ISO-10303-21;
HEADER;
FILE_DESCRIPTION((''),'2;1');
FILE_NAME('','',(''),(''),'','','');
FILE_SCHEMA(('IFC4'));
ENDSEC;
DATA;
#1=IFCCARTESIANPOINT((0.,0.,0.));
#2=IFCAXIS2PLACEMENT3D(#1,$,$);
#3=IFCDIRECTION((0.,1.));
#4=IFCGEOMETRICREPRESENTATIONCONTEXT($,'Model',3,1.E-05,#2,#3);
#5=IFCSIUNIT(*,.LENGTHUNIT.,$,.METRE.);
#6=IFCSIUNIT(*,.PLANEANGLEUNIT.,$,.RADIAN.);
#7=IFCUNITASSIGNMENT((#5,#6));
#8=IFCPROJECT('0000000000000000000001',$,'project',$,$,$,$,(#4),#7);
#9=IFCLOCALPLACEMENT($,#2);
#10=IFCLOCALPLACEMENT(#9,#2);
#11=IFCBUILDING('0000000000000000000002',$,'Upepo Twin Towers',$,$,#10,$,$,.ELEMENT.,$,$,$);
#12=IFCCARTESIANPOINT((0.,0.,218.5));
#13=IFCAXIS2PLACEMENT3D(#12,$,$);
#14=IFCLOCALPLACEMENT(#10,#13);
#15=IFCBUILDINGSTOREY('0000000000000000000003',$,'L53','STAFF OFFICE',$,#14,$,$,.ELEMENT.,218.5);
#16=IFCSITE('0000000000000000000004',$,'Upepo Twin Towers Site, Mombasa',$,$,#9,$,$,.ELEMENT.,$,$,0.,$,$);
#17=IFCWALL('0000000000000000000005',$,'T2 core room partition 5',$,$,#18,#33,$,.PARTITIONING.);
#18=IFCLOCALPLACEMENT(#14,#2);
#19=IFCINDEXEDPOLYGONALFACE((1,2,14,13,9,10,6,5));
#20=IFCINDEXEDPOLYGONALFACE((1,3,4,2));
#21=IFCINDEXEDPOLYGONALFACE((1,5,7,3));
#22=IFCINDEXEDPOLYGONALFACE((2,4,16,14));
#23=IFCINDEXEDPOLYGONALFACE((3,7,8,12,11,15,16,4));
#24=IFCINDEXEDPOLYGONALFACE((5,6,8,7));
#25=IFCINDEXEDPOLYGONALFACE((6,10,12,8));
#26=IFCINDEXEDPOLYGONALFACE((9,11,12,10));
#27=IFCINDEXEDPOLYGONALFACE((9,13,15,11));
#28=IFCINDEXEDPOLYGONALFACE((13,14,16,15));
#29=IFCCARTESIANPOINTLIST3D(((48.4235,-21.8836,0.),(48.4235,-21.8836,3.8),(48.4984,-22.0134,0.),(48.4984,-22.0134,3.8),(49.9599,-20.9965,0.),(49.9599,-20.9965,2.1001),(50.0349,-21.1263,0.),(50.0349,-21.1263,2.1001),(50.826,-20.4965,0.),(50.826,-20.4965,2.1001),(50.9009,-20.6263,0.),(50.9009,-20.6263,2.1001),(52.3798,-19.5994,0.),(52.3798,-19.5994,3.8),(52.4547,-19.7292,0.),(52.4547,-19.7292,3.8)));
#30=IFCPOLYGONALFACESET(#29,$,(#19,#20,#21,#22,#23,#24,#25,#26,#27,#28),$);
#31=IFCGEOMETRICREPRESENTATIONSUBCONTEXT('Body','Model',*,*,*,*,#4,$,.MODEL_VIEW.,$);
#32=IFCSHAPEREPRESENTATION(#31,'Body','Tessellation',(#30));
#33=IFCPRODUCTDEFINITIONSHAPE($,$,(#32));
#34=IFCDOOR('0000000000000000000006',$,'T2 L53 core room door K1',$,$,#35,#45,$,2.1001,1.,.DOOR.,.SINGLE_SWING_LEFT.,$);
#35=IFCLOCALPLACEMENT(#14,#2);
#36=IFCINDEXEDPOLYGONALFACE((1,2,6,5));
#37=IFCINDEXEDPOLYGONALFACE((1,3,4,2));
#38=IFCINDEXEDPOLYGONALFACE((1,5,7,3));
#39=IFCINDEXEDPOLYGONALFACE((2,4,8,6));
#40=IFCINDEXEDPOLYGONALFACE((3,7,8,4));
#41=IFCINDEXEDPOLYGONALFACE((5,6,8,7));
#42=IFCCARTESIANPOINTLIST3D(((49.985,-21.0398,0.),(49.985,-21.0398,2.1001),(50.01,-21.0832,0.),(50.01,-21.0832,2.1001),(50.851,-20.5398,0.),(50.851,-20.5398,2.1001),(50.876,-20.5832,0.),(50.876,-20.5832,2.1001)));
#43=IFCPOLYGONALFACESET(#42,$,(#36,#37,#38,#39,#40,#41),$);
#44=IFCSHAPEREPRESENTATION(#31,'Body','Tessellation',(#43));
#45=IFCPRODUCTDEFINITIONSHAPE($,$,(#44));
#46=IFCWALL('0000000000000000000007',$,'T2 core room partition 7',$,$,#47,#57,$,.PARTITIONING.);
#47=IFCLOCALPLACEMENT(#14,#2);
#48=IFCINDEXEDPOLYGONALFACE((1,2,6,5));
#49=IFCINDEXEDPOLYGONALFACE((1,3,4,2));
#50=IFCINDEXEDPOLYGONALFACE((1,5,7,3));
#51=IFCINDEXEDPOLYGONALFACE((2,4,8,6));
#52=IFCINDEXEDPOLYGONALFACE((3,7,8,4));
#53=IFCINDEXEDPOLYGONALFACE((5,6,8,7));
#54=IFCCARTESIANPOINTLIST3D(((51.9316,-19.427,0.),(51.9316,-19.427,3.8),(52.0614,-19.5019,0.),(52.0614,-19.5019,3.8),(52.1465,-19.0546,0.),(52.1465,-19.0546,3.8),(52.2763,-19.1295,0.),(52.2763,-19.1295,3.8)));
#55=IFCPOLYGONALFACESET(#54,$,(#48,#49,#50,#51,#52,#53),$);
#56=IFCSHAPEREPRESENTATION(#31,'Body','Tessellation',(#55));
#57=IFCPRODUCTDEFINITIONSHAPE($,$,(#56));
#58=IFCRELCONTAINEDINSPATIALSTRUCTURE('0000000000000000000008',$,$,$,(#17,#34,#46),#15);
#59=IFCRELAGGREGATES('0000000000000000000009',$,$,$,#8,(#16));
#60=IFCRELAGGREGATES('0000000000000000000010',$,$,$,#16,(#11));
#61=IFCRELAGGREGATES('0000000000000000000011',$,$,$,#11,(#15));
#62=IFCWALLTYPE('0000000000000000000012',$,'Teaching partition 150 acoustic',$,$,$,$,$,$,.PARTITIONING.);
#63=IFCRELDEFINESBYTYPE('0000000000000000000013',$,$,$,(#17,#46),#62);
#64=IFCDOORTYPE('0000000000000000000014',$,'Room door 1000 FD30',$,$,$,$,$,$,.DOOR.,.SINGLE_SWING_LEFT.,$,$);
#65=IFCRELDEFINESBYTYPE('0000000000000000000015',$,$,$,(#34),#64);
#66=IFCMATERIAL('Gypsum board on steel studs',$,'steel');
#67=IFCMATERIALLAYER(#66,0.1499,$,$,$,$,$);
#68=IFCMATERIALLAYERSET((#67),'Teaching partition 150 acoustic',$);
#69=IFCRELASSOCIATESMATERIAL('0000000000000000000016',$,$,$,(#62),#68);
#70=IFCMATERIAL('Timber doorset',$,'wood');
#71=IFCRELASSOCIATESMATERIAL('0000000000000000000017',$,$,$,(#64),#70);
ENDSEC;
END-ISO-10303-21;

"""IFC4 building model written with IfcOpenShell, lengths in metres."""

from ifc_helpers import new_model, si_unit, direction, frame, frame_2d, origin, place, context, subcontext, project, spatial, rectangle, extrude, material, layer, layer_set, type_object, element, fill, save


model = new_model("IFC4")

# Units and contexts
model_context = context("Model", 3, precision=1e-05, world=origin(), true_north=direction((0.0, 1.0)))
body_context = subcontext(model_context, "Body", "Model", "MODEL_VIEW")
ifc_project = project(units=[si_unit("LENGTHUNIT", "METRE"), si_unit("PLANEANGLEUNIT", "RADIAN")], contexts=[model_context])

# Site, building, storey
site_placement = place(None, origin())
site = spatial("IfcSite", under=ifc_project, at=site_placement, Name="Upepo Twin Towers Site, Mombasa", CompositionType="ELEMENT", RefElevation=0.0)
building_placement = place(site_placement, origin())
building = spatial("IfcBuilding", under=site, at=building_placement, Name="Upepo Twin Towers", CompositionType="ELEMENT")
storey_placement = place(building_placement, frame((0.0, 0.0, 218.5)))
storey = spatial("IfcBuildingStorey", under=building, at=storey_placement, Name="L53", Description="STAFF OFFICE", CompositionType="ELEMENT", Elevation=218.5)

# Wall, opening, door
ifc_material_1 = material(Name="Gypsum board on steel studs", Category="steel")
ifc_layer_1 = layer(ifc_material_1, 0.1499)
ifc_layer_set_1 = layer_set([ifc_layer_1], Name="Teaching partition 150 acoustic")
wall_type_1 = type_object("IfcWallType", Name="Teaching partition 150 acoustic", PredefinedType="PARTITIONING", material=ifc_layer_set_1)
wall_1_placement = place(storey_placement, frame((48.4609, -21.9485, 0.0), z_axis=(0.0, 0.0, 1.0), x_axis=(0.866025, 0.500002, 0.0)))
wall_1 = element("IfcWall", 1, at=wall_1_placement, inside=storey, type_object=wall_type_1, Name="T2 core room partition 5", PredefinedType="PARTITIONING", context=body_context, shape_type="SweptSolid", body=[
    extrude(rectangle(XDim=4.5684, YDim=0.1499, at=frame_2d((2.2842, 0.0))), origin(), (0.0, 0.0, 1.0), 3.8),
])
opening_1_placement = place(wall_1_placement, frame((1.7742, 0.0, 0.0)))
opening_1 = element("IfcOpeningElement", 2, at=opening_1_placement, cuts=wall_1, PredefinedType="OPENING", context=body_context, shape_type="SweptSolid", body=[
    extrude(rectangle(XDim=1.0, YDim=2.1001, at=frame_2d((0.5, 1.05))), frame((0.0, 0.085, 0.0), z_axis=(0.0, -1.0, 0.0), x_axis=(1.0, 0.0, 0.0)), (0.0, 0.0, 1.0), 0.1699),
])
ifc_material_2 = material(Name="Timber doorset", Category="wood")
door_type_1 = type_object("IfcDoorType", Name="Room door 1000 FD30", OperationType="SINGLE_SWING_LEFT", PredefinedType="DOOR", material=ifc_material_2)
door_1_placement = place(opening_1_placement, origin())
door_1 = element("IfcDoor", 3, at=door_1_placement, inside=storey, type_object=door_type_1, Name="T2 L53 core room door K1", OperationType="SINGLE_SWING_LEFT", OverallHeight=2.1001, OverallWidth=1.0, PredefinedType="DOOR", context=body_context, shape_type="SweptSolid", body=[
    extrude(rectangle(XDim=1.0, YDim=2.1001, at=frame_2d((0.5, 1.05))), frame((0.0, 0.0249, 0.0), z_axis=(0.0, -1.0, 0.0), x_axis=(1.0, 0.0, 0.0)), (0.0, 0.0, 1.0), 0.05),
])
fill(opening_1, door_1)

# Wall
wall_2_placement = place(storey_placement, frame((51.9966, -19.4644, 0.0), z_axis=(0.0, 0.0, 1.0), x_axis=(0.499804, 0.866138, 0.0)))
element("IfcWall", 4, at=wall_2_placement, inside=storey, type_object=wall_type_1, Name="T2 core room partition 7", PredefinedType="PARTITIONING", context=body_context, shape_type="SweptSolid", body=[
    extrude(rectangle(XDim=0.4299, YDim=0.1499, at=frame_2d((0.2148, 0.0))), origin(), (0.0, 0.0, 1.0), 3.8),
])

save(model, "model.ifc")
